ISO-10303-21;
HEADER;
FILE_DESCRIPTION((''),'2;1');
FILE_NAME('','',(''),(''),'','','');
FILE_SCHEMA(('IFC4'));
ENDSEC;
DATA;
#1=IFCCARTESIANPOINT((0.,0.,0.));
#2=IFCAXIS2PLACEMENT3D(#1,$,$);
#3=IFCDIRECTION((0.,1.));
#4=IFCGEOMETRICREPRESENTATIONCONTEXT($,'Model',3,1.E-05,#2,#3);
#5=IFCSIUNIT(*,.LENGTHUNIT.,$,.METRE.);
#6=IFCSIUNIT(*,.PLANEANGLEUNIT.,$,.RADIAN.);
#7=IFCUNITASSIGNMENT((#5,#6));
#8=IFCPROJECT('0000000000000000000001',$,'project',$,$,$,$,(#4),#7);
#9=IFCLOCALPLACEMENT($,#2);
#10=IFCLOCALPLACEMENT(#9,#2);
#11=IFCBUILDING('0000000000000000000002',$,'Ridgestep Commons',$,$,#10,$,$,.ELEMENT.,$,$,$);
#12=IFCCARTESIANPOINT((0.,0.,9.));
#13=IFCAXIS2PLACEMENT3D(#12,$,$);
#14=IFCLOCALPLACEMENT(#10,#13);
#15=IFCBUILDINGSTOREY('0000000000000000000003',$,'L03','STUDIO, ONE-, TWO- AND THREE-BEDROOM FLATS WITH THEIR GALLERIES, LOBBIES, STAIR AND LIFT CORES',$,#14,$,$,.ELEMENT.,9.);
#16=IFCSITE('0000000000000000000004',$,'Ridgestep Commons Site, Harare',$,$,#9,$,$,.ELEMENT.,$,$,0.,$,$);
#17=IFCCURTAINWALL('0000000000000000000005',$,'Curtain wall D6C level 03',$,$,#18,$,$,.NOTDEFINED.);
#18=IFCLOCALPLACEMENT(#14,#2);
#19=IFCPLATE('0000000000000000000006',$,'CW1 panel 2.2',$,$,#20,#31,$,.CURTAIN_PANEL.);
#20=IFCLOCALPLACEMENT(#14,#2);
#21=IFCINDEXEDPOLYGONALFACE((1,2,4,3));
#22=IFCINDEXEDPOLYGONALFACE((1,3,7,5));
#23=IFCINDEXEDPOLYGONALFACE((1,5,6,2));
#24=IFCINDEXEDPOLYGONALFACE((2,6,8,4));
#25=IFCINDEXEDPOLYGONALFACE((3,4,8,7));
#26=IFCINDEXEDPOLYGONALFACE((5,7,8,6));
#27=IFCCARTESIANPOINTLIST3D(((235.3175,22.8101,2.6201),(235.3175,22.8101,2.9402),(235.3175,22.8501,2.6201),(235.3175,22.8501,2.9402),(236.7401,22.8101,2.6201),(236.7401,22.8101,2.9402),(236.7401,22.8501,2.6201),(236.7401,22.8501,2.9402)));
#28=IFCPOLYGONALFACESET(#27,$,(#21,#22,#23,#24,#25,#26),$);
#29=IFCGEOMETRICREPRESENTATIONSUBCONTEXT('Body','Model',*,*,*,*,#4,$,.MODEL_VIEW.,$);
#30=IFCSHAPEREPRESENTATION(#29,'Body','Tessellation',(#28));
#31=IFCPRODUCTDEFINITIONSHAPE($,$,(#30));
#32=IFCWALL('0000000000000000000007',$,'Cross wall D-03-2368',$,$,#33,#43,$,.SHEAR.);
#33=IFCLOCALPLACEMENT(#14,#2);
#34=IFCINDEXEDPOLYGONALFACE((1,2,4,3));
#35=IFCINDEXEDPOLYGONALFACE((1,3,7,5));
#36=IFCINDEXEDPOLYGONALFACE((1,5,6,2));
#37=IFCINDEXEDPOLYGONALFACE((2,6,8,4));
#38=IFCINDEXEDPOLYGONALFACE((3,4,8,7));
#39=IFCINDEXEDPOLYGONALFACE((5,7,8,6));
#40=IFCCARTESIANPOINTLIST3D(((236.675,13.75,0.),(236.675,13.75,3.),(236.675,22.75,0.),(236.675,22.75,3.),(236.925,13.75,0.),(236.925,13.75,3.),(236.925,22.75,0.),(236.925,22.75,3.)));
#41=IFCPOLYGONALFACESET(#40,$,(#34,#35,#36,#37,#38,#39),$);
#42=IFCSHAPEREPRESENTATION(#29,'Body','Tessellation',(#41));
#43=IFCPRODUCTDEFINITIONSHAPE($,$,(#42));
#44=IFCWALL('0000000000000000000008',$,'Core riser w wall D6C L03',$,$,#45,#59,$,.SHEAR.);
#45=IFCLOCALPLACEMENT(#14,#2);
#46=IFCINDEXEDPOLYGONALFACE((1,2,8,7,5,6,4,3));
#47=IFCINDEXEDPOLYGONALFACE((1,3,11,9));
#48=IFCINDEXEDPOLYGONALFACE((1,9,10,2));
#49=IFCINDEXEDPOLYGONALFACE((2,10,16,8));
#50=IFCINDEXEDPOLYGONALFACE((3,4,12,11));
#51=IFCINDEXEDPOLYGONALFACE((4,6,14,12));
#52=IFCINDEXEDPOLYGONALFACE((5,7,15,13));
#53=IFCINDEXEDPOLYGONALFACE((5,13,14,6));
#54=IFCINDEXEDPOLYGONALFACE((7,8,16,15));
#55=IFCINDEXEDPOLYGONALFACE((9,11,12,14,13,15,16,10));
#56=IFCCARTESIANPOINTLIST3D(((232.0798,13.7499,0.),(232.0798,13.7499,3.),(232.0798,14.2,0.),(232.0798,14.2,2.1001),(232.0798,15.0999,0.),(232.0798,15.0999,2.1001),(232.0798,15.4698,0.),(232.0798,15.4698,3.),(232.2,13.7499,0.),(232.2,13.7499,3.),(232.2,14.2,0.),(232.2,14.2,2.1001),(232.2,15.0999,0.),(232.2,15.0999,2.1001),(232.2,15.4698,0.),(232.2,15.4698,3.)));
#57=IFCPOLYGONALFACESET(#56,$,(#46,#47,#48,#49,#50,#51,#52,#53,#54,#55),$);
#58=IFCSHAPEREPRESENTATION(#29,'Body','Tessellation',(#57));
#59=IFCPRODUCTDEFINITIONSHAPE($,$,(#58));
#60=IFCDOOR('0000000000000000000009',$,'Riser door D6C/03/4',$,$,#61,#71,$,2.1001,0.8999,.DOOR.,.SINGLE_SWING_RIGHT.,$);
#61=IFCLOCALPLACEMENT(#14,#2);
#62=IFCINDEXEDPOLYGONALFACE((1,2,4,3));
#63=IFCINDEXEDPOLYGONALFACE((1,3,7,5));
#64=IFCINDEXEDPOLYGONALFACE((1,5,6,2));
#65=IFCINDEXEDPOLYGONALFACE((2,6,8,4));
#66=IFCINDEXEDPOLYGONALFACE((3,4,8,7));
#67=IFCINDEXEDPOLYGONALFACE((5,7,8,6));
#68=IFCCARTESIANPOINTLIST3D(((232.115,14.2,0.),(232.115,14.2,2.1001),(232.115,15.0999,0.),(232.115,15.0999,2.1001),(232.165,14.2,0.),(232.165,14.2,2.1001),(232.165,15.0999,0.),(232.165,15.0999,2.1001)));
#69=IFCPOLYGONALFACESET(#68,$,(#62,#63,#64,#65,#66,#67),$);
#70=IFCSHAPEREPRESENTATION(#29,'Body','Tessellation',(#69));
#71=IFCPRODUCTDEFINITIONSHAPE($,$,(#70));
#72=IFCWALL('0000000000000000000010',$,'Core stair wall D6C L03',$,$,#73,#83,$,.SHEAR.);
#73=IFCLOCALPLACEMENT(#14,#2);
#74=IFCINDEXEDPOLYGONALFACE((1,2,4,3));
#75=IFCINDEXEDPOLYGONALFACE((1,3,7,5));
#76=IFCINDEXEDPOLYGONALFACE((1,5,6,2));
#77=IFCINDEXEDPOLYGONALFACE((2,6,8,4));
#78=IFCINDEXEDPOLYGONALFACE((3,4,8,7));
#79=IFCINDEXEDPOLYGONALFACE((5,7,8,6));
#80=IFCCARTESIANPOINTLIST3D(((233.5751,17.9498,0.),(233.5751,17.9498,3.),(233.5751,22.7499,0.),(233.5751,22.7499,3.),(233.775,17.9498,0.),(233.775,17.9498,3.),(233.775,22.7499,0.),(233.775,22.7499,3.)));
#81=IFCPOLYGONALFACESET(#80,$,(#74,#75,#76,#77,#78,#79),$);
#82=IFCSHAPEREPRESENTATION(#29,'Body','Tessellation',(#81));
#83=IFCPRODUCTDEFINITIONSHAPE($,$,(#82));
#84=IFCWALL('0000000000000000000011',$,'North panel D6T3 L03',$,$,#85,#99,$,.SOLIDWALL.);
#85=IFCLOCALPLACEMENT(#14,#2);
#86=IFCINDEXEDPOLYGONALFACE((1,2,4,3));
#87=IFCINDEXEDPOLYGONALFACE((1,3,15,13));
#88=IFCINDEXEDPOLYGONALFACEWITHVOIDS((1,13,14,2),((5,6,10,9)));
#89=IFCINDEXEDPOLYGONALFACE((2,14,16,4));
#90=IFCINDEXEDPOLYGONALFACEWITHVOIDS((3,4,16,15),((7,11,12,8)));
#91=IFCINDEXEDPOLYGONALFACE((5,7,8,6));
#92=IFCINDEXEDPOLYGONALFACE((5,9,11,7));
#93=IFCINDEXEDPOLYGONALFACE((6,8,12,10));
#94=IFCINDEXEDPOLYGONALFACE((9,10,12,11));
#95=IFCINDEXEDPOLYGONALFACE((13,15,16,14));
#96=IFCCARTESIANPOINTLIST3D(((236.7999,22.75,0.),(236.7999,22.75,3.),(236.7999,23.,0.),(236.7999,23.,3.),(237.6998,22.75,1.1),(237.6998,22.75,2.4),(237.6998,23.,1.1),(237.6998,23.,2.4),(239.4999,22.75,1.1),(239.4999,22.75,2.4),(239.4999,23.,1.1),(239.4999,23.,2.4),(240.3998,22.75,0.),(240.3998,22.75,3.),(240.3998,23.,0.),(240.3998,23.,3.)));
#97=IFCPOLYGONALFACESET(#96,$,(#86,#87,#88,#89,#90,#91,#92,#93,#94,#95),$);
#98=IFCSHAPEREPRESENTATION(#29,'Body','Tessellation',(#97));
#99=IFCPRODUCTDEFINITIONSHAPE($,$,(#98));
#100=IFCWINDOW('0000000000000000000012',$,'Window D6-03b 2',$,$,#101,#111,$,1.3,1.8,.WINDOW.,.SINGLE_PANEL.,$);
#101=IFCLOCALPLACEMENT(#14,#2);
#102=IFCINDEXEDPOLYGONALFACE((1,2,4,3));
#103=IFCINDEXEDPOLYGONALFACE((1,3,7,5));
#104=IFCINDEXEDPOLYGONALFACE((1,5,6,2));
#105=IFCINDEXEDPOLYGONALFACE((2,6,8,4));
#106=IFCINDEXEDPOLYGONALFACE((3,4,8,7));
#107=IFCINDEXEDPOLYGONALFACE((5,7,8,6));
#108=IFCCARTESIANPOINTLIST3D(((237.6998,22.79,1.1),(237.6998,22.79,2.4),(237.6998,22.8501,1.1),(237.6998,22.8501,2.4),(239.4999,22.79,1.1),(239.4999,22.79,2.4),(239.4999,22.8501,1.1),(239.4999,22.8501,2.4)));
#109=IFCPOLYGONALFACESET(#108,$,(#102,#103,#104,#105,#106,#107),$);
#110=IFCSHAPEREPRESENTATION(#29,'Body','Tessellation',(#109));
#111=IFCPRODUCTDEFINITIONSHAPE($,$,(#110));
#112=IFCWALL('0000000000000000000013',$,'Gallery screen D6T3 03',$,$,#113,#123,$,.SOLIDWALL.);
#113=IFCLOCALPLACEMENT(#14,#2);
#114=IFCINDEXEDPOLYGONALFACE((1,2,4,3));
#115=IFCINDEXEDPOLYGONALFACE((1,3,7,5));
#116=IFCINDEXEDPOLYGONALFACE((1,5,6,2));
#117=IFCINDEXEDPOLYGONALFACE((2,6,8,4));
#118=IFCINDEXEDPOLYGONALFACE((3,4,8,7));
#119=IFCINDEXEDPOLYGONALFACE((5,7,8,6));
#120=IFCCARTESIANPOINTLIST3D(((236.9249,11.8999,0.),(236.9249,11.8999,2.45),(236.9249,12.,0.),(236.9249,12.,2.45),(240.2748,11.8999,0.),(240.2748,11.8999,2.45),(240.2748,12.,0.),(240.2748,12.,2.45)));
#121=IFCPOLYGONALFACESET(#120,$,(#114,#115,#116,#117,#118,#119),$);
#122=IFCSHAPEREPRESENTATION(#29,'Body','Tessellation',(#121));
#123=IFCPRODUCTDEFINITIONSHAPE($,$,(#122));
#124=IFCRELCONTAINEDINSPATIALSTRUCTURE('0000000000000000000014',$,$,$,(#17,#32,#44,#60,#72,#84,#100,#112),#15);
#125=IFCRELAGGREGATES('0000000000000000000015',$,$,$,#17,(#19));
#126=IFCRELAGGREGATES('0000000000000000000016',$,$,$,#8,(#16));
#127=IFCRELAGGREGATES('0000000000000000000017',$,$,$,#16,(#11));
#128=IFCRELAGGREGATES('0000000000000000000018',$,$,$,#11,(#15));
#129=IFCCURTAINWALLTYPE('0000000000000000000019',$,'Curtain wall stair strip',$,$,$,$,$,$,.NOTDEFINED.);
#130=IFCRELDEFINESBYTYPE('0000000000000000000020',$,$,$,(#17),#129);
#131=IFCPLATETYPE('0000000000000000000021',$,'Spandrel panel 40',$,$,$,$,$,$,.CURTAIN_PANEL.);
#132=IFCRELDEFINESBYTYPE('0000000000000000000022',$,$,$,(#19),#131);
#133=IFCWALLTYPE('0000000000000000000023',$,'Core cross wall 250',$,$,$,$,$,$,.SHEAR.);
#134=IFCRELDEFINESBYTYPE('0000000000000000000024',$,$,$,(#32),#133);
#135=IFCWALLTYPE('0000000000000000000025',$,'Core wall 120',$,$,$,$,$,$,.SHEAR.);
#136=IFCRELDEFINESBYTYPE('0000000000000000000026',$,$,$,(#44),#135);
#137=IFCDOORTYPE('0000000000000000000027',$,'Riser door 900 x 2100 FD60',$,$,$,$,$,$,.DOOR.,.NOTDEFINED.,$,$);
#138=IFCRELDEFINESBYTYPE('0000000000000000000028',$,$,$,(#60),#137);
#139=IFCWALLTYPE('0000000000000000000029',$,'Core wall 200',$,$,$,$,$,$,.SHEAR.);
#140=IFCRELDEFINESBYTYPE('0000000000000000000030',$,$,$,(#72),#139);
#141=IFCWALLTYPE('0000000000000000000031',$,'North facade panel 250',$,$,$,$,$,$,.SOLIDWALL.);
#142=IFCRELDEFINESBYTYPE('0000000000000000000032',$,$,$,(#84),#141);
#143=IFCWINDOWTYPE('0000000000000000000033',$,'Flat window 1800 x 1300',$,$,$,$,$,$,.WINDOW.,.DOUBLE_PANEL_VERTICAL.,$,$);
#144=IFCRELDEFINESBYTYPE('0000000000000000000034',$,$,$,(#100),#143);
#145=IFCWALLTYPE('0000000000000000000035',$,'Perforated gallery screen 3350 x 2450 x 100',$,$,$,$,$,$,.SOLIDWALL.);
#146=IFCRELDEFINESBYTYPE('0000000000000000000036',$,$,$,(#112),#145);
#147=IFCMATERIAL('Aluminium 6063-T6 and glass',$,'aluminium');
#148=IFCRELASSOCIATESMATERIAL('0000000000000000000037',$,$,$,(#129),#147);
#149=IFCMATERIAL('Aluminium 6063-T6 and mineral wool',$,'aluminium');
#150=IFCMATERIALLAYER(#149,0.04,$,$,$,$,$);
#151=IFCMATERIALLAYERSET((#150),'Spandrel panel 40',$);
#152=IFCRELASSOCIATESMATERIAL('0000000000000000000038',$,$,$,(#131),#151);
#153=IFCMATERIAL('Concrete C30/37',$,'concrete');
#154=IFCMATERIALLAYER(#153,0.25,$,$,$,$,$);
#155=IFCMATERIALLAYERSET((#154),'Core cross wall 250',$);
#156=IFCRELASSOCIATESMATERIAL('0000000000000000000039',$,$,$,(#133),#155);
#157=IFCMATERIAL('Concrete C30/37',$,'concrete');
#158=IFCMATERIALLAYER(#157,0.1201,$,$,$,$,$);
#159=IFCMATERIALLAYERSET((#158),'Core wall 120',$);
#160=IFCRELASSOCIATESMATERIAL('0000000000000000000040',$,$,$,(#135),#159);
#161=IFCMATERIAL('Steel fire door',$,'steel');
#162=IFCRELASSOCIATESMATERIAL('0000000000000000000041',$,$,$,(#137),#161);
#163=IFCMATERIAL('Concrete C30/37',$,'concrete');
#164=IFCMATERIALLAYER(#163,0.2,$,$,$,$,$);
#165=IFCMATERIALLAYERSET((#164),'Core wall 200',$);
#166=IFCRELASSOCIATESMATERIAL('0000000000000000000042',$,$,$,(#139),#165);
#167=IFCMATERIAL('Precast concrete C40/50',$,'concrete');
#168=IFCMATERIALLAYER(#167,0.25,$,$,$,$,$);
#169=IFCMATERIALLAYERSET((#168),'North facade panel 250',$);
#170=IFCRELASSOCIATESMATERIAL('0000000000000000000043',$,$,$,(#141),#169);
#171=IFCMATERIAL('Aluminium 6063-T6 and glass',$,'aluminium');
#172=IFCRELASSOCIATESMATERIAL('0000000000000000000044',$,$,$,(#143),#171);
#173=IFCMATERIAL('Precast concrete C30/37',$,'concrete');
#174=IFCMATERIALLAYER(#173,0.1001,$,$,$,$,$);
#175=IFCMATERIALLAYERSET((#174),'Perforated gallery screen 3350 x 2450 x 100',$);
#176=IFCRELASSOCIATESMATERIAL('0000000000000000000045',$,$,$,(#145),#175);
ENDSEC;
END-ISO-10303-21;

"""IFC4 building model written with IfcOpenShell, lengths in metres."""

from ifc_helpers import new_model, si_unit, direction, frame, frame_2d, origin, origin_2d, place, context, subcontext, project, spatial, rectangle, extrude, material, layer, layer_set, type_object, element, fill, aggregate, save


model = new_model("IFC4")

# Units and contexts
model_context = context("Model", 3, precision=1e-05, world=origin(), true_north=direction((0.0, 1.0)))
body_context = subcontext(model_context, "Body", "Model", "MODEL_VIEW")
ifc_project = project(units=[si_unit("LENGTHUNIT", "METRE"), si_unit("PLANEANGLEUNIT", "RADIAN")], contexts=[model_context])

# Site, building, storey
site_placement = place(None, origin())
site = spatial("IfcSite", under=ifc_project, at=site_placement, Name="Ridgestep Commons Site, Harare", CompositionType="ELEMENT", RefElevation=0.0)
building_placement = place(site_placement, origin())
building = spatial("IfcBuilding", under=site, at=building_placement, Name="Ridgestep Commons", CompositionType="ELEMENT")
storey_placement = place(building_placement, frame((0.0, 0.0, 9.0)))
storey = spatial("IfcBuildingStorey", under=building, at=storey_placement, Name="L03", Description="STUDIO, ONE-, TWO- AND THREE-BEDROOM FLATS WITH THEIR GALLERIES, LOBBIES, STAIR AND LIFT CORES", CompositionType="ELEMENT", Elevation=9.0)

# Curtain wall, plate
ifc_material_1 = material(Name="Aluminium 6063-T6 and glass", Category="aluminium")
curtain_wall_type = type_object("IfcCurtainWallType", Name="Curtain wall stair strip", PredefinedType="NOTDEFINED", material=ifc_material_1)
curtain_wall_placement = place(storey_placement, origin())
curtain_wall = element("IfcCurtainWall", 1, at=curtain_wall_placement, inside=storey, type_object=curtain_wall_type, Name="Curtain wall D6C level 03", PredefinedType="NOTDEFINED")
ifc_material_2 = material(Name="Aluminium 6063-T6 and mineral wool", Category="aluminium")
ifc_layer_1 = layer(ifc_material_2, 0.04)
ifc_layer_set_1 = layer_set([ifc_layer_1], Name="Spandrel panel 40")
plate_type_1 = type_object("IfcPlateType", Name="Spandrel panel 40", PredefinedType="CURTAIN_PANEL", material=ifc_layer_set_1)
plate_1_placement = place(storey_placement, frame((236.0288, 22.8301, 2.6201), z_axis=(0.0, 0.0, 1.0), x_axis=(1.0, 0.0, 0.0)))
plate_1 = element("IfcPlate", 2, at=plate_1_placement, type_object=plate_type_1, Name="CW1 panel 2.2", PredefinedType="CURTAIN_PANEL", context=body_context, shape_type="SweptSolid", body=[
    extrude(rectangle(XDim=1.4226, YDim=0.04, at=origin_2d()), origin(), (0.0, 0.0, 1.0), 0.3201),
])
aggregate(curtain_wall, [plate_1])

# Wall
ifc_material_3 = material(Name="Concrete C30/37", Category="concrete")
ifc_layer_2 = layer(ifc_material_3, 0.25)
ifc_layer_set_2 = layer_set([ifc_layer_2], Name="Core cross wall 250")
wall_type_1 = type_object("IfcWallType", Name="Core cross wall 250", PredefinedType="SHEAR", material=ifc_layer_set_2)
wall_1_placement = place(storey_placement, frame((236.8, 13.75, 0.0), z_axis=(0.0, 0.0, 1.0), x_axis=(0.0, 1.0, 0.0)))
element("IfcWall", 3, at=wall_1_placement, inside=storey, type_object=wall_type_1, Name="Cross wall D-03-2368", PredefinedType="SHEAR", context=body_context, shape_type="SweptSolid", body=[
    extrude(rectangle(XDim=9.0, YDim=0.25, at=frame_2d((4.5, 0.0))), origin(), (0.0, 0.0, 1.0), 3.0),
])

# Wall, opening, door
ifc_material_4 = material(Name="Concrete C30/37", Category="concrete")
ifc_layer_3 = layer(ifc_material_4, 0.1201)
ifc_layer_set_3 = layer_set([ifc_layer_3], Name="Core wall 120")
wall_type_2 = type_object("IfcWallType", Name="Core wall 120", PredefinedType="SHEAR", material=ifc_layer_set_3)
wall_2_placement = place(storey_placement, frame((232.1399, 13.75, 0.0), z_axis=(0.0, 0.0, 1.0), x_axis=(0.0, 1.0, 0.0)))
wall_2 = element("IfcWall", 4, at=wall_2_placement, inside=storey, type_object=wall_type_2, Name="Core riser w wall D6C L03", PredefinedType="SHEAR", context=body_context, shape_type="SweptSolid", body=[
    extrude(rectangle(XDim=1.72, YDim=0.1201, at=frame_2d((0.8599, 0.0))), origin(), (0.0, 0.0, 1.0), 3.0),
])
opening_1_placement = place(wall_2_placement, frame((0.45, 0.0, 0.0)))
opening_1 = element("IfcOpeningElement", 5, at=opening_1_placement, cuts=wall_2, PredefinedType="OPENING", context=body_context, shape_type="SweptSolid", body=[
    extrude(rectangle(XDim=0.8999, YDim=2.1001, at=frame_2d((0.45, 1.05))), frame((0.0, 0.0701, 0.0), z_axis=(0.0, -1.0, 0.0), x_axis=(1.0, 0.0, 0.0)), (0.0, 0.0, 1.0), 0.1401),
])
ifc_material_5 = material(Name="Steel fire door", Category="steel")
door_type_1 = type_object("IfcDoorType", Name="Riser door 900 x 2100 FD60", OperationType="NOTDEFINED", PredefinedType="DOOR", material=ifc_material_5)
door_1_placement = place(opening_1_placement, origin())
door_1 = element("IfcDoor", 6, at=door_1_placement, inside=storey, type_object=door_type_1, Name="Riser door D6C/03/4", OperationType="SINGLE_SWING_RIGHT", OverallHeight=2.1001, OverallWidth=0.8999, PredefinedType="DOOR", context=body_context, shape_type="SweptSolid", body=[
    extrude(rectangle(XDim=0.8999, YDim=2.1001, at=frame_2d((0.45, 1.05))), frame((0.0, 0.0249, 0.0), z_axis=(0.0, -1.0, 0.0), x_axis=(1.0, 0.0, 0.0)), (0.0, 0.0, 1.0), 0.05),
])
fill(opening_1, door_1)

# Wall
ifc_material_6 = material(Name="Concrete C30/37", Category="concrete")
ifc_layer_4 = layer(ifc_material_6, 0.2)
ifc_layer_set_4 = layer_set([ifc_layer_4], Name="Core wall 200")
wall_type_3 = type_object("IfcWallType", Name="Core wall 200", PredefinedType="SHEAR", material=ifc_layer_set_4)
wall_3_placement = place(storey_placement, frame((233.675, 17.95, 0.0), z_axis=(0.0, 0.0, 1.0), x_axis=(0.0, 1.0, 0.0)))
element("IfcWall", 7, at=wall_3_placement, inside=storey, type_object=wall_type_3, Name="Core stair wall D6C L03", PredefinedType="SHEAR", context=body_context, shape_type="SweptSolid", body=[
    extrude(rectangle(XDim=4.8, YDim=0.2, at=frame_2d((2.3999, 0.0))), origin(), (0.0, 0.0, 1.0), 3.0),
])

# Wall, opening, window
ifc_material_7 = material(Name="Precast concrete C40/50", Category="concrete")
ifc_layer_5 = layer(ifc_material_7, 0.25)
ifc_layer_set_5 = layer_set([ifc_layer_5], Name="North facade panel 250")
wall_type_4 = type_object("IfcWallType", Name="North facade panel 250", PredefinedType="SOLIDWALL", material=ifc_layer_set_5)
wall_4_placement = place(storey_placement, frame((236.8, 22.875, 0.0), z_axis=(0.0, 0.0, 1.0), x_axis=(1.0, 0.0, 0.0)))
wall_4 = element("IfcWall", 8, at=wall_4_placement, inside=storey, type_object=wall_type_4, Name="North panel D6T3 L03", PredefinedType="SOLIDWALL", context=body_context, shape_type="SweptSolid", body=[
    extrude(rectangle(XDim=3.5999, YDim=0.25, at=frame_2d((1.7998, 0.0))), origin(), (0.0, 0.0, 1.0), 3.0),
])
opening_2_placement = place(wall_4_placement, frame((0.8999, 0.0, 1.1001)))
opening_2 = element("IfcOpeningElement", 9, at=opening_2_placement, cuts=wall_4, PredefinedType="OPENING", context=body_context, shape_type="SweptSolid", body=[
    extrude(rectangle(XDim=1.8, YDim=1.3, at=frame_2d((0.8999, 0.6499))), frame((0.0, 0.135, 0.0), z_axis=(0.0, -1.0, 0.0), x_axis=(1.0, 0.0, 0.0)), (0.0, 0.0, 1.0), 0.27),
])
ifc_material_8 = material(Name="Aluminium 6063-T6 and glass", Category="aluminium")
window_type_1 = type_object("IfcWindowType", Name="Flat window 1800 x 1300", PartitioningType="DOUBLE_PANEL_VERTICAL", PredefinedType="WINDOW", material=ifc_material_8)
window_1_placement = place(opening_2_placement, origin())
window_1 = element("IfcWindow", 10, at=window_1_placement, inside=storey, type_object=window_type_1, Name="Window D6-03b 2", OverallHeight=1.3, OverallWidth=1.8, PartitioningType="SINGLE_PANEL", PredefinedType="WINDOW", context=body_context, shape_type="SweptSolid", body=[
    extrude(rectangle(XDim=1.8, YDim=1.3, at=frame_2d((0.8999, 0.6499))), frame((0.0, -0.0249, 0.0), z_axis=(0.0, -1.0, 0.0), x_axis=(1.0, 0.0, 0.0)), (0.0, 0.0, 1.0), 0.0601),
])
fill(opening_2, window_1)

# Wall
ifc_material_9 = material(Name="Precast concrete C30/37", Category="concrete")
ifc_layer_6 = layer(ifc_material_9, 0.1001)
ifc_layer_set_6 = layer_set([ifc_layer_6], Name="Perforated gallery screen 3350 x 2450 x 100")
wall_type_5 = type_object("IfcWallType", Name="Perforated gallery screen 3350 x 2450 x 100", PredefinedType="SOLIDWALL", material=ifc_layer_set_6)
wall_5_placement = place(storey_placement, frame((236.925, 11.95, 0.0), z_axis=(0.0, 0.0, 1.0), x_axis=(1.0, 0.0, 0.0)))
element("IfcWall", 11, at=wall_5_placement, inside=storey, type_object=wall_type_5, Name="Gallery screen D6T3 03", PredefinedType="SOLIDWALL", context=body_context, shape_type="SweptSolid", body=[
    extrude(rectangle(XDim=3.3499, YDim=0.1001, at=frame_2d((1.6748, 0.0))), origin(), (0.0, 0.0, 1.0), 2.45),
])

save(model, "model.ifc")
